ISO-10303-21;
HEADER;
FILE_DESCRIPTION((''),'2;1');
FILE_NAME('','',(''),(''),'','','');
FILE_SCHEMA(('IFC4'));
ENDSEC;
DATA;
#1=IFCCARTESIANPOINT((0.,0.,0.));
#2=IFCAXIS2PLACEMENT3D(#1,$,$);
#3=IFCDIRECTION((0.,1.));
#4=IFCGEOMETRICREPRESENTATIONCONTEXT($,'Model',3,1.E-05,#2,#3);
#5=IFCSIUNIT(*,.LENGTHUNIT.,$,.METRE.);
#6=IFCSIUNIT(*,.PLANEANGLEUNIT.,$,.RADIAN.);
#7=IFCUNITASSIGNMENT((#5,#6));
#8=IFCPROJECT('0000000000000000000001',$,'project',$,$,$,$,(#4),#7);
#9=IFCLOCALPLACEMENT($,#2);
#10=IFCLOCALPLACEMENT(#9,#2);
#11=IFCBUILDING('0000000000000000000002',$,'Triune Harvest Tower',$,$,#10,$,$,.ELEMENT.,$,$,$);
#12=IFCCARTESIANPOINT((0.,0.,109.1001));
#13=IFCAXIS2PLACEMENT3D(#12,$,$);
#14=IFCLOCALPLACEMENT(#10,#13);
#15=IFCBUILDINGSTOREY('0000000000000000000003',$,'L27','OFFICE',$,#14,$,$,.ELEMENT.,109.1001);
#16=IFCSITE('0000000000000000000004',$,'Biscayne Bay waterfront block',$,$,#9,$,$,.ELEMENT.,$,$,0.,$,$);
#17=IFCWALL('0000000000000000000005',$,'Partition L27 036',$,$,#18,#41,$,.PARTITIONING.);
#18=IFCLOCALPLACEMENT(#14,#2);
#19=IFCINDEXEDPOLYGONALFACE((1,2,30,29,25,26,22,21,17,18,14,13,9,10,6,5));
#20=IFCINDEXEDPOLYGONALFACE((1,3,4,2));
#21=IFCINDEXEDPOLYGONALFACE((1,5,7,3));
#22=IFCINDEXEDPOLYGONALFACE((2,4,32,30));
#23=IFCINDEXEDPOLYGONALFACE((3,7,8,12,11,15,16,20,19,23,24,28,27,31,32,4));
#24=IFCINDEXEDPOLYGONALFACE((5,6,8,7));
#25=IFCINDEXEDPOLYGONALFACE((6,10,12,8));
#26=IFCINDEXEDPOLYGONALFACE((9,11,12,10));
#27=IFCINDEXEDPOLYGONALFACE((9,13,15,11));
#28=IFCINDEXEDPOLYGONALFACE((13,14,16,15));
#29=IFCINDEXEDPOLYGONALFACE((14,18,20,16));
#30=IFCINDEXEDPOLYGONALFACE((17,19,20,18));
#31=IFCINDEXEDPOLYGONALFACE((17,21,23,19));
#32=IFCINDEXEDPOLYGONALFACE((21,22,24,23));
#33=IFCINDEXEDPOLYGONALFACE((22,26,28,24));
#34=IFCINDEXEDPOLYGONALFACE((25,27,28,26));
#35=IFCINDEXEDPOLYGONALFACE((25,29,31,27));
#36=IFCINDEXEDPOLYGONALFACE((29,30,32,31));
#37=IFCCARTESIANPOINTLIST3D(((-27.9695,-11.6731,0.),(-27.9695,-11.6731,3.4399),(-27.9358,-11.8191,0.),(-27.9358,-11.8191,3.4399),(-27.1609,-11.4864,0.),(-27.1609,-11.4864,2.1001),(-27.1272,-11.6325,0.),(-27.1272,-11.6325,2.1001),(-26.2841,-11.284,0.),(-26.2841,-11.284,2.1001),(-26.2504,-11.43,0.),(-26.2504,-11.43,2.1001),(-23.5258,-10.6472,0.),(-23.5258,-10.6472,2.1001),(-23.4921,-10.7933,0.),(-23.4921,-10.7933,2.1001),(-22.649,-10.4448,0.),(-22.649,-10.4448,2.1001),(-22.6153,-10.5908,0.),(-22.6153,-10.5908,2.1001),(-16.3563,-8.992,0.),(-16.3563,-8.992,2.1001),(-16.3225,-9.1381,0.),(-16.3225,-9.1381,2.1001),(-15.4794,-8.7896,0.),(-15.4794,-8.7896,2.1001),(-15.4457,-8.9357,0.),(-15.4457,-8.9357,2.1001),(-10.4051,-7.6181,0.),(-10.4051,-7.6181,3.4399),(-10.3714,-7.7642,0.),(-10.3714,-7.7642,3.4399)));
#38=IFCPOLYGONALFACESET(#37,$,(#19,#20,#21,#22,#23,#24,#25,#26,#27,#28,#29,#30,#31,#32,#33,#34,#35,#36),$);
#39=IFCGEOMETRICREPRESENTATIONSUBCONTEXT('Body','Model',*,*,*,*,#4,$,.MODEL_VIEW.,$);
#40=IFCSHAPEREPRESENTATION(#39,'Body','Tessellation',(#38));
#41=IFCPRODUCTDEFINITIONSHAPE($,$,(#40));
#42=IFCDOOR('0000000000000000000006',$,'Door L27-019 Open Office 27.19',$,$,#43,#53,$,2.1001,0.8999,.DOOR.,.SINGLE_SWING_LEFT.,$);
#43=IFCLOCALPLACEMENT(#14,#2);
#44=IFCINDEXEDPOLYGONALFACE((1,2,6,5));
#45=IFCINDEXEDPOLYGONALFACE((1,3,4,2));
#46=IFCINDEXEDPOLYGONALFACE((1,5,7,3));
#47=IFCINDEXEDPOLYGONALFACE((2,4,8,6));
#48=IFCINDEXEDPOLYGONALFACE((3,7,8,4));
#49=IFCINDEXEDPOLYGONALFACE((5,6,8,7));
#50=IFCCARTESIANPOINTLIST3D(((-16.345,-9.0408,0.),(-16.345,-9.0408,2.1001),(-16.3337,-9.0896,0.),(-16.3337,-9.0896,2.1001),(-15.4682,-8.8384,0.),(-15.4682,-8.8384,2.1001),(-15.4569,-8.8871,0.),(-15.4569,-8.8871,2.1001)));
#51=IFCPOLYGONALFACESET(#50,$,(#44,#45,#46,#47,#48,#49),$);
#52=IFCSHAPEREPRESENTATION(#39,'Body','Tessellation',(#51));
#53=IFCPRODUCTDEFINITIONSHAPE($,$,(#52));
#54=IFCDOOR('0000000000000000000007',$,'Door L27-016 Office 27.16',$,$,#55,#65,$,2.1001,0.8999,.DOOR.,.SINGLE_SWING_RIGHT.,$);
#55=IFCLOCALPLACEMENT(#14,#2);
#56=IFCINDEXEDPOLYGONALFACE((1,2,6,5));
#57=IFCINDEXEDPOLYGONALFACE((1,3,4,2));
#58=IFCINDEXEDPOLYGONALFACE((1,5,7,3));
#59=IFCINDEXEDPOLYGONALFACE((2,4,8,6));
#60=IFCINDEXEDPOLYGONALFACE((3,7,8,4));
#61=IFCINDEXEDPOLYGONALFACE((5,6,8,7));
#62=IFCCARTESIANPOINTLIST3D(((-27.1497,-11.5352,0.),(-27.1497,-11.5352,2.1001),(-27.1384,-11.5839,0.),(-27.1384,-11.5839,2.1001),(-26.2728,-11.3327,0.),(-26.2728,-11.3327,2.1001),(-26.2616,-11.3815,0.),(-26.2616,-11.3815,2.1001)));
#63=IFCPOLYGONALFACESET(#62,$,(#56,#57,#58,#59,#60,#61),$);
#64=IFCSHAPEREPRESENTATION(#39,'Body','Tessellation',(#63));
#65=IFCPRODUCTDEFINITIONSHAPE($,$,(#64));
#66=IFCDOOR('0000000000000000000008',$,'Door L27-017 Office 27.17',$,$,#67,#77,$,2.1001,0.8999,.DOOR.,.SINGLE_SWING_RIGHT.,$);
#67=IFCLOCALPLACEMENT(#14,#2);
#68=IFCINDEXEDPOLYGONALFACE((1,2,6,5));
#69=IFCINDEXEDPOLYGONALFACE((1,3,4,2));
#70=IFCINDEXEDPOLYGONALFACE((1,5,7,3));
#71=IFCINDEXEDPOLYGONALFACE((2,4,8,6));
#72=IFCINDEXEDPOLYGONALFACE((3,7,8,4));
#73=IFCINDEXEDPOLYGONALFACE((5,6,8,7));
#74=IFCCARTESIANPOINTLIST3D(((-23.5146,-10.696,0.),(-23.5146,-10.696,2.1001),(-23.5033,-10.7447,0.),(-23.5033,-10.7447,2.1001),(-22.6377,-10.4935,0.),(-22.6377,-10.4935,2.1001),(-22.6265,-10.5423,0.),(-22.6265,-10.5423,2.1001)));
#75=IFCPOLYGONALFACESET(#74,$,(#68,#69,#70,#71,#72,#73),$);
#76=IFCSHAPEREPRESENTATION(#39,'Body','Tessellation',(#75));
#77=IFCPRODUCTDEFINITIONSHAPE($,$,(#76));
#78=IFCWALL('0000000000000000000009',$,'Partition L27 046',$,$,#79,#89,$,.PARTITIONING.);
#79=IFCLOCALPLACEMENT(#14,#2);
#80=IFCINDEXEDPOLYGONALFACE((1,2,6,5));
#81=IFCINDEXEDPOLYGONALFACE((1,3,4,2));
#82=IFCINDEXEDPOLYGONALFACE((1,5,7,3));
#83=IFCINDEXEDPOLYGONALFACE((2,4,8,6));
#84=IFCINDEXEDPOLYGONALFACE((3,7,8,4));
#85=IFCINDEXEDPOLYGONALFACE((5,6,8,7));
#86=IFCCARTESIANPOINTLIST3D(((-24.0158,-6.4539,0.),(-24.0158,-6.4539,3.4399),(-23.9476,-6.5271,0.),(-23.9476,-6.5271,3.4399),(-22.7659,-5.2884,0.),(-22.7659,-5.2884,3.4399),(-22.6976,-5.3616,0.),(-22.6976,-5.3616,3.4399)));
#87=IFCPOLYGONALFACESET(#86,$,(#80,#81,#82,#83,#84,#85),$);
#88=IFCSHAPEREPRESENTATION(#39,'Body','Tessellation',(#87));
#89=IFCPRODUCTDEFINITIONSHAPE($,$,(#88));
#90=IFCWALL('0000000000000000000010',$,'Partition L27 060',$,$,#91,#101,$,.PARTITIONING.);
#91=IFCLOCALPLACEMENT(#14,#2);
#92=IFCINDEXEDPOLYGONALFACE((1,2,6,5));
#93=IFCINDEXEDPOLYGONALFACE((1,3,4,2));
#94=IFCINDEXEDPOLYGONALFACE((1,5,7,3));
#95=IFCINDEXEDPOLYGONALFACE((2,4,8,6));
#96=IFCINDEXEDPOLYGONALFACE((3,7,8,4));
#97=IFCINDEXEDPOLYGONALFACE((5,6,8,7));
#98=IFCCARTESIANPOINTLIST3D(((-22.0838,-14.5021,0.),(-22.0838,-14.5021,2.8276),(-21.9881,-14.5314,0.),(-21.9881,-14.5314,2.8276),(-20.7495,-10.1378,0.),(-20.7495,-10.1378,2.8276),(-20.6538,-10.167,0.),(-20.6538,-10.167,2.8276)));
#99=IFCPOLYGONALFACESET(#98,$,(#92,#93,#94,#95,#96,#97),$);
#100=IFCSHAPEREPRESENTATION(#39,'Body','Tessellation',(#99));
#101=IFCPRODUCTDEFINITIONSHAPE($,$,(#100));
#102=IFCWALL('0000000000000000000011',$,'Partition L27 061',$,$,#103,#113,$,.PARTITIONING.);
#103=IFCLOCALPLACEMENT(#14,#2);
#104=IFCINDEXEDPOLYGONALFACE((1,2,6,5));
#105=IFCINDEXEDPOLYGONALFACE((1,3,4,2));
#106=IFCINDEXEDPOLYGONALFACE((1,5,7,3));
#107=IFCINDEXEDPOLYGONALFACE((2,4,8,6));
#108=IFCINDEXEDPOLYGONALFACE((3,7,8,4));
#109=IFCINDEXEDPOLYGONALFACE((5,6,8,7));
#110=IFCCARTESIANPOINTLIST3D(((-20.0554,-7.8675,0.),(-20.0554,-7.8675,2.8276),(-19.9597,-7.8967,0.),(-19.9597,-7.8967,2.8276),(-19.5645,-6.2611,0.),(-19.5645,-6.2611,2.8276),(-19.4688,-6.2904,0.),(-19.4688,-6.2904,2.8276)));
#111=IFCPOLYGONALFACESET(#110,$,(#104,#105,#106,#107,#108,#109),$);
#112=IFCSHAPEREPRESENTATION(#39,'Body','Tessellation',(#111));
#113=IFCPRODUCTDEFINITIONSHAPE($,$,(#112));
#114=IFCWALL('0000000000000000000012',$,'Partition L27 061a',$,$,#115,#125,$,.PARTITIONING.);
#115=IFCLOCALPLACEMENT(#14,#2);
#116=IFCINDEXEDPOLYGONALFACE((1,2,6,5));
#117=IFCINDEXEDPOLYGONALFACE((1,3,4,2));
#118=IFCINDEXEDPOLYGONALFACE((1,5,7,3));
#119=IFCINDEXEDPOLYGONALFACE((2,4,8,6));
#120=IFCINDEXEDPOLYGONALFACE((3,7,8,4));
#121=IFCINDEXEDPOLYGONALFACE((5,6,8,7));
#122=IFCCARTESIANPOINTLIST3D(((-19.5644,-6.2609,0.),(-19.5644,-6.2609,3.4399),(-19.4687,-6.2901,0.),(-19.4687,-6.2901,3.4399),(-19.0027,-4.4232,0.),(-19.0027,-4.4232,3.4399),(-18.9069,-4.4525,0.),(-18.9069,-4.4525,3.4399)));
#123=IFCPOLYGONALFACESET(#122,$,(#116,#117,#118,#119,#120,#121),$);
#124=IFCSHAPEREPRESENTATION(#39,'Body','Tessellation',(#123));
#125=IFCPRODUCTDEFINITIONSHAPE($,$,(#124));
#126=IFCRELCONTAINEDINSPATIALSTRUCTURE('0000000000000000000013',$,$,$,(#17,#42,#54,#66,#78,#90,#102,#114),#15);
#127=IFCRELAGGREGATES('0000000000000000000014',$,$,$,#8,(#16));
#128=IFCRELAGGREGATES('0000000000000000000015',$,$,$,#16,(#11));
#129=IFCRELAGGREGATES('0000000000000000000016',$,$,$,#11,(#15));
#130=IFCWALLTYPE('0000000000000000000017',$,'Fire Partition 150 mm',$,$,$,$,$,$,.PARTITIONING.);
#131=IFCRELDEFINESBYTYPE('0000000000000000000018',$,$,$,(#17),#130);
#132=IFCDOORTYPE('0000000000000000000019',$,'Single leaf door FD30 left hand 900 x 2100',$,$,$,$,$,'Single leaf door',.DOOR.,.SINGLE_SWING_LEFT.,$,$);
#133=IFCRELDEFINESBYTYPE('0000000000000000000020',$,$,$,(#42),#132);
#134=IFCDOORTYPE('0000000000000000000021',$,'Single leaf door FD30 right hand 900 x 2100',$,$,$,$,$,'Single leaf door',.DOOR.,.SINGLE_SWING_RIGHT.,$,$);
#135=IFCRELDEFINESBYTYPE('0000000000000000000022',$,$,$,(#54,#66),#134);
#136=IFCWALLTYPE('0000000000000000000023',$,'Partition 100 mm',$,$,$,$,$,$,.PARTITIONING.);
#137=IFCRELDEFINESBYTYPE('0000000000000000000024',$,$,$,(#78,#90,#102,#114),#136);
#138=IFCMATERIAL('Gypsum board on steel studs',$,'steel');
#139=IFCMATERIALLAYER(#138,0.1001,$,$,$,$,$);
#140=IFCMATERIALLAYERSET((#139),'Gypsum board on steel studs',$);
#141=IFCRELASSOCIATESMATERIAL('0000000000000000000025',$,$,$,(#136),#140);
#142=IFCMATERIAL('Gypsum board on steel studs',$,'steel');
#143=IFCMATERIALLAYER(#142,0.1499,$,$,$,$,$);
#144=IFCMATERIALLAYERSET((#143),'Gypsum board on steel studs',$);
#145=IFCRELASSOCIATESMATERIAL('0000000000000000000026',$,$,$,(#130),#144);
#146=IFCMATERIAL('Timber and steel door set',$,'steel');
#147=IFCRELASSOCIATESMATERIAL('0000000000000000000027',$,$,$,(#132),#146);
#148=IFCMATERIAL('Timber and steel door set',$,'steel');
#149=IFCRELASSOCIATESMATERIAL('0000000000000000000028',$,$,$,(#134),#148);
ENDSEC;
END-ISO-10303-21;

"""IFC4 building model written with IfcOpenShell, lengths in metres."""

from ifc_helpers import new_model, si_unit, direction, frame, frame_2d, origin, place, context, subcontext, project, spatial, rectangle, extrude, source, transform, mapped, material, layer, layer_set, type_object, element, fill, save


model = new_model("IFC4")

# Units and contexts
model_context = context("Model", 3, precision=1e-05, world=origin(), true_north=direction((0.0, 1.0)))
body_context = subcontext(model_context, "Body", "Model", "MODEL_VIEW")
ifc_project = project(units=[si_unit("LENGTHUNIT", "METRE"), si_unit("PLANEANGLEUNIT", "RADIAN")], contexts=[model_context])

# Site, building, storey
site_placement = place(None, origin())
site = spatial("IfcSite", under=ifc_project, at=site_placement, Name="Biscayne Bay waterfront block", CompositionType="ELEMENT", RefElevation=0.0)
building_placement = place(site_placement, origin())
building = spatial("IfcBuilding", under=site, at=building_placement, Name="Triune Harvest Tower", CompositionType="ELEMENT")
storey_placement = place(building_placement, frame((0.0, 0.0, 109.1001)))
storey = spatial("IfcBuildingStorey", under=building, at=storey_placement, Name="L27", Description="OFFICE", CompositionType="ELEMENT", Elevation=109.1001)

# Shared definitions
ifc_material_1 = material(Name="Gypsum board on steel studs", Category="steel")
ifc_layer_1 = layer(ifc_material_1, 0.1001)
ifc_layer_set_1 = layer_set([ifc_layer_1], Name="Gypsum board on steel studs")
wall_type_1 = type_object("IfcWallType", Name="Partition 100 mm", PredefinedType="PARTITIONING", material=ifc_layer_set_1)

# Wall, openings, doors
ifc_material_2 = material(Name="Gypsum board on steel studs", Category="steel")
ifc_layer_2 = layer(ifc_material_2, 0.1499)
ifc_layer_set_2 = layer_set([ifc_layer_2], Name="Gypsum board on steel studs")
wall_type_2 = type_object("IfcWallType", Name="Fire Partition 150 mm", PredefinedType="PARTITIONING", material=ifc_layer_set_2)
shared_shape_1 = source(origin(), body_context, "Body", "SweptSolid", [
    extrude(rectangle(XDim=18.0264, YDim=0.1499, at=frame_2d((9.0132, 0.0))), origin(), (0.0, 0.0, 1.0), 3.4399),
])
wall_1_placement = place(storey_placement, frame((-27.9526, -11.7461, 0.0), z_axis=(0.0, 0.0, 1.0), x_axis=(0.974372, 0.224944, 0.0)))
wall_1 = element("IfcWall", 1, at=wall_1_placement, inside=storey, type_object=wall_type_2, Name="Partition L27 036", PredefinedType="PARTITIONING", context=body_context, shape_type="MappedRepresentation", body=[
    mapped(shared_shape_1, transform((0.0, 0.0, 0.0), scale=1.0)),
])
opening_1_placement = place(wall_1_placement, frame((0.8298, 0.0, 0.0)))
opening_1 = element("IfcOpeningElement", 2, at=opening_1_placement, cuts=wall_1, PredefinedType="OPENING", context=body_context, shape_type="SweptSolid", body=[
    extrude(rectangle(XDim=0.8999, YDim=2.1001, at=frame_2d((0.45, 1.05))), frame((0.0, 0.085, 0.0), z_axis=(0.0, -1.0, 0.0), x_axis=(1.0, 0.0, 0.0)), (0.0, 0.0, 1.0), 0.1699),
])
opening_2_placement = place(wall_1_placement, frame((4.5605, 0.0, 0.0)))
opening_2 = element("IfcOpeningElement", 3, at=opening_2_placement, cuts=wall_1, PredefinedType="OPENING", context=body_context, shape_type="SweptSolid", body=[
    extrude(rectangle(XDim=0.8999, YDim=2.1001, at=frame_2d((0.45, 1.05))), frame((0.0, 0.085, 0.0), z_axis=(0.0, -1.0, 0.0), x_axis=(1.0, 0.0, 0.0)), (0.0, 0.0, 1.0), 0.1699),
])
opening_3_placement = place(wall_1_placement, frame((11.9187, 0.0, 0.0)))
opening_3 = element("IfcOpeningElement", 4, at=opening_3_placement, cuts=wall_1, PredefinedType="OPENING", context=body_context, shape_type="SweptSolid", body=[
    extrude(rectangle(XDim=0.8999, YDim=2.1001, at=frame_2d((0.45, 1.05))), frame((0.0, 0.085, 0.0), z_axis=(0.0, -1.0, 0.0), x_axis=(1.0, 0.0, 0.0)), (0.0, 0.0, 1.0), 0.1699),
])
ifc_material_3 = material(Name="Timber and steel door set", Category="steel")
door_type_1 = type_object("IfcDoorType", Name="Single leaf door FD30 left hand 900 x 2100", ElementType="Single leaf door", OperationType="SINGLE_SWING_LEFT", PredefinedType="DOOR", material=ifc_material_3)
door_1_placement = place(opening_3_placement, origin())
door_1 = element("IfcDoor", 5, at=door_1_placement, inside=storey, type_object=door_type_1, Name="Door L27-019 Open Office 27.19", OperationType="SINGLE_SWING_LEFT", OverallHeight=2.1001, OverallWidth=0.8999, PredefinedType="DOOR", context=body_context, shape_type="SweptSolid", body=[
    extrude(rectangle(XDim=0.8999, YDim=2.1001, at=frame_2d((0.45, 1.05))), frame((0.0, 0.0249, 0.0), z_axis=(0.0, -1.0, 0.0), x_axis=(1.0, 0.0, 0.0)), (0.0, 0.0, 1.0), 0.05),
])
fill(opening_3, door_1)
ifc_material_4 = material(Name="Timber and steel door set", Category="steel")
door_type_2 = type_object("IfcDoorType", Name="Single leaf door FD30 right hand 900 x 2100", ElementType="Single leaf door", OperationType="SINGLE_SWING_RIGHT", PredefinedType="DOOR", material=ifc_material_4)
door_2_placement = place(opening_1_placement, origin())
door_2 = element("IfcDoor", 6, at=door_2_placement, inside=storey, type_object=door_type_2, Name="Door L27-016 Office 27.16", OperationType="SINGLE_SWING_RIGHT", OverallHeight=2.1001, OverallWidth=0.8999, PredefinedType="DOOR", context=body_context, shape_type="SweptSolid", body=[
    extrude(rectangle(XDim=0.8999, YDim=2.1001, at=frame_2d((0.45, 1.05))), frame((0.0, 0.0249, 0.0), z_axis=(0.0, -1.0, 0.0), x_axis=(1.0, 0.0, 0.0)), (0.0, 0.0, 1.0), 0.05),
])
fill(opening_1, door_2)
door_3_placement = place(opening_2_placement, origin())
door_3 = element("IfcDoor", 7, at=door_3_placement, inside=storey, type_object=door_type_2, Name="Door L27-017 Office 27.17", OperationType="SINGLE_SWING_RIGHT", OverallHeight=2.1001, OverallWidth=0.8999, PredefinedType="DOOR", context=body_context, shape_type="SweptSolid", body=[
    extrude(rectangle(XDim=0.8999, YDim=2.1001, at=frame_2d((0.45, 1.05))), frame((0.0, 0.0249, 0.0), z_axis=(0.0, -1.0, 0.0), x_axis=(1.0, 0.0, 0.0)), (0.0, 0.0, 1.0), 0.05),
])
fill(opening_2, door_3)

# Walls
shared_shape_2 = source(origin(), body_context, "Body", "SweptSolid", [
    extrude(rectangle(XDim=1.709, YDim=0.1001, at=frame_2d((0.8545, 0.0))), origin(), (0.0, 0.0, 1.0), 3.4399),
])
wall_2_placement = place(storey_placement, frame((-23.9817, -6.4905, 0.0), z_axis=(0.0, 0.0, 1.0), x_axis=(0.731388, 0.681962, 0.0)))
element("IfcWall", 8, at=wall_2_placement, inside=storey, type_object=wall_type_1, Name="Partition L27 046", PredefinedType="PARTITIONING", context=body_context, shape_type="MappedRepresentation", body=[
    mapped(shared_shape_2, transform((0.0, 0.0, 0.0), scale=1.0)),
])
shared_shape_3 = source(origin(), body_context, "Body", "SweptSolid", [
    extrude(rectangle(XDim=4.5637, YDim=0.1001, at=frame_2d((2.2817, 0.0))), origin(), (0.0, 0.0, 1.0), 2.8276),
])
wall_3_placement = place(storey_placement, frame((-22.0359, -14.5166, 0.0), z_axis=(0.0, 0.0, 1.0), x_axis=(0.29236, 0.956308, 0.0)))
element("IfcWall", 9, at=wall_3_placement, inside=storey, type_object=wall_type_1, Name="Partition L27 060", PredefinedType="PARTITIONING", context=body_context, shape_type="MappedRepresentation", body=[
    mapped(shared_shape_3, transform((0.0, 0.0, 0.0), scale=1.0)),
])
shared_shape_4 = source(origin(), body_context, "Body", "SweptSolid", [
    extrude(rectangle(XDim=1.6797, YDim=0.1001, at=frame_2d((0.8398, 0.0))), origin(), (0.0, 0.0, 1.0), 2.8276),
])
wall_4_placement = place(storey_placement, frame((-20.0076, -7.8821, 0.0), z_axis=(0.0, 0.0, 1.0), x_axis=(0.292278, 0.956334, 0.0)))
element("IfcWall", 10, at=wall_4_placement, inside=storey, type_object=wall_type_1, Name="Partition L27 061", PredefinedType="PARTITIONING", context=body_context, shape_type="MappedRepresentation", body=[
    mapped(shared_shape_4, transform((0.0, 0.0, 0.0), scale=1.0)),
])
shared_shape_5 = source(origin(), body_context, "Body", "SweptSolid", [
    extrude(rectangle(XDim=1.9216, YDim=0.1001, at=frame_2d((0.9609, 0.0))), origin(), (0.0, 0.0, 1.0), 3.4399),
])
wall_5_placement = place(storey_placement, frame((-19.5166, -6.2756, 0.0), z_axis=(0.0, 0.0, 1.0), x_axis=(0.292344, 0.956313, 0.0)))
element("IfcWall", 11, at=wall_5_placement, inside=storey, type_object=wall_type_1, Name="Partition L27 061a", PredefinedType="PARTITIONING", context=body_context, shape_type="MappedRepresentation", body=[
    mapped(shared_shape_5, transform((0.0, 0.0, 0.0), scale=1.0)),
])

save(model, "model.ifc")
